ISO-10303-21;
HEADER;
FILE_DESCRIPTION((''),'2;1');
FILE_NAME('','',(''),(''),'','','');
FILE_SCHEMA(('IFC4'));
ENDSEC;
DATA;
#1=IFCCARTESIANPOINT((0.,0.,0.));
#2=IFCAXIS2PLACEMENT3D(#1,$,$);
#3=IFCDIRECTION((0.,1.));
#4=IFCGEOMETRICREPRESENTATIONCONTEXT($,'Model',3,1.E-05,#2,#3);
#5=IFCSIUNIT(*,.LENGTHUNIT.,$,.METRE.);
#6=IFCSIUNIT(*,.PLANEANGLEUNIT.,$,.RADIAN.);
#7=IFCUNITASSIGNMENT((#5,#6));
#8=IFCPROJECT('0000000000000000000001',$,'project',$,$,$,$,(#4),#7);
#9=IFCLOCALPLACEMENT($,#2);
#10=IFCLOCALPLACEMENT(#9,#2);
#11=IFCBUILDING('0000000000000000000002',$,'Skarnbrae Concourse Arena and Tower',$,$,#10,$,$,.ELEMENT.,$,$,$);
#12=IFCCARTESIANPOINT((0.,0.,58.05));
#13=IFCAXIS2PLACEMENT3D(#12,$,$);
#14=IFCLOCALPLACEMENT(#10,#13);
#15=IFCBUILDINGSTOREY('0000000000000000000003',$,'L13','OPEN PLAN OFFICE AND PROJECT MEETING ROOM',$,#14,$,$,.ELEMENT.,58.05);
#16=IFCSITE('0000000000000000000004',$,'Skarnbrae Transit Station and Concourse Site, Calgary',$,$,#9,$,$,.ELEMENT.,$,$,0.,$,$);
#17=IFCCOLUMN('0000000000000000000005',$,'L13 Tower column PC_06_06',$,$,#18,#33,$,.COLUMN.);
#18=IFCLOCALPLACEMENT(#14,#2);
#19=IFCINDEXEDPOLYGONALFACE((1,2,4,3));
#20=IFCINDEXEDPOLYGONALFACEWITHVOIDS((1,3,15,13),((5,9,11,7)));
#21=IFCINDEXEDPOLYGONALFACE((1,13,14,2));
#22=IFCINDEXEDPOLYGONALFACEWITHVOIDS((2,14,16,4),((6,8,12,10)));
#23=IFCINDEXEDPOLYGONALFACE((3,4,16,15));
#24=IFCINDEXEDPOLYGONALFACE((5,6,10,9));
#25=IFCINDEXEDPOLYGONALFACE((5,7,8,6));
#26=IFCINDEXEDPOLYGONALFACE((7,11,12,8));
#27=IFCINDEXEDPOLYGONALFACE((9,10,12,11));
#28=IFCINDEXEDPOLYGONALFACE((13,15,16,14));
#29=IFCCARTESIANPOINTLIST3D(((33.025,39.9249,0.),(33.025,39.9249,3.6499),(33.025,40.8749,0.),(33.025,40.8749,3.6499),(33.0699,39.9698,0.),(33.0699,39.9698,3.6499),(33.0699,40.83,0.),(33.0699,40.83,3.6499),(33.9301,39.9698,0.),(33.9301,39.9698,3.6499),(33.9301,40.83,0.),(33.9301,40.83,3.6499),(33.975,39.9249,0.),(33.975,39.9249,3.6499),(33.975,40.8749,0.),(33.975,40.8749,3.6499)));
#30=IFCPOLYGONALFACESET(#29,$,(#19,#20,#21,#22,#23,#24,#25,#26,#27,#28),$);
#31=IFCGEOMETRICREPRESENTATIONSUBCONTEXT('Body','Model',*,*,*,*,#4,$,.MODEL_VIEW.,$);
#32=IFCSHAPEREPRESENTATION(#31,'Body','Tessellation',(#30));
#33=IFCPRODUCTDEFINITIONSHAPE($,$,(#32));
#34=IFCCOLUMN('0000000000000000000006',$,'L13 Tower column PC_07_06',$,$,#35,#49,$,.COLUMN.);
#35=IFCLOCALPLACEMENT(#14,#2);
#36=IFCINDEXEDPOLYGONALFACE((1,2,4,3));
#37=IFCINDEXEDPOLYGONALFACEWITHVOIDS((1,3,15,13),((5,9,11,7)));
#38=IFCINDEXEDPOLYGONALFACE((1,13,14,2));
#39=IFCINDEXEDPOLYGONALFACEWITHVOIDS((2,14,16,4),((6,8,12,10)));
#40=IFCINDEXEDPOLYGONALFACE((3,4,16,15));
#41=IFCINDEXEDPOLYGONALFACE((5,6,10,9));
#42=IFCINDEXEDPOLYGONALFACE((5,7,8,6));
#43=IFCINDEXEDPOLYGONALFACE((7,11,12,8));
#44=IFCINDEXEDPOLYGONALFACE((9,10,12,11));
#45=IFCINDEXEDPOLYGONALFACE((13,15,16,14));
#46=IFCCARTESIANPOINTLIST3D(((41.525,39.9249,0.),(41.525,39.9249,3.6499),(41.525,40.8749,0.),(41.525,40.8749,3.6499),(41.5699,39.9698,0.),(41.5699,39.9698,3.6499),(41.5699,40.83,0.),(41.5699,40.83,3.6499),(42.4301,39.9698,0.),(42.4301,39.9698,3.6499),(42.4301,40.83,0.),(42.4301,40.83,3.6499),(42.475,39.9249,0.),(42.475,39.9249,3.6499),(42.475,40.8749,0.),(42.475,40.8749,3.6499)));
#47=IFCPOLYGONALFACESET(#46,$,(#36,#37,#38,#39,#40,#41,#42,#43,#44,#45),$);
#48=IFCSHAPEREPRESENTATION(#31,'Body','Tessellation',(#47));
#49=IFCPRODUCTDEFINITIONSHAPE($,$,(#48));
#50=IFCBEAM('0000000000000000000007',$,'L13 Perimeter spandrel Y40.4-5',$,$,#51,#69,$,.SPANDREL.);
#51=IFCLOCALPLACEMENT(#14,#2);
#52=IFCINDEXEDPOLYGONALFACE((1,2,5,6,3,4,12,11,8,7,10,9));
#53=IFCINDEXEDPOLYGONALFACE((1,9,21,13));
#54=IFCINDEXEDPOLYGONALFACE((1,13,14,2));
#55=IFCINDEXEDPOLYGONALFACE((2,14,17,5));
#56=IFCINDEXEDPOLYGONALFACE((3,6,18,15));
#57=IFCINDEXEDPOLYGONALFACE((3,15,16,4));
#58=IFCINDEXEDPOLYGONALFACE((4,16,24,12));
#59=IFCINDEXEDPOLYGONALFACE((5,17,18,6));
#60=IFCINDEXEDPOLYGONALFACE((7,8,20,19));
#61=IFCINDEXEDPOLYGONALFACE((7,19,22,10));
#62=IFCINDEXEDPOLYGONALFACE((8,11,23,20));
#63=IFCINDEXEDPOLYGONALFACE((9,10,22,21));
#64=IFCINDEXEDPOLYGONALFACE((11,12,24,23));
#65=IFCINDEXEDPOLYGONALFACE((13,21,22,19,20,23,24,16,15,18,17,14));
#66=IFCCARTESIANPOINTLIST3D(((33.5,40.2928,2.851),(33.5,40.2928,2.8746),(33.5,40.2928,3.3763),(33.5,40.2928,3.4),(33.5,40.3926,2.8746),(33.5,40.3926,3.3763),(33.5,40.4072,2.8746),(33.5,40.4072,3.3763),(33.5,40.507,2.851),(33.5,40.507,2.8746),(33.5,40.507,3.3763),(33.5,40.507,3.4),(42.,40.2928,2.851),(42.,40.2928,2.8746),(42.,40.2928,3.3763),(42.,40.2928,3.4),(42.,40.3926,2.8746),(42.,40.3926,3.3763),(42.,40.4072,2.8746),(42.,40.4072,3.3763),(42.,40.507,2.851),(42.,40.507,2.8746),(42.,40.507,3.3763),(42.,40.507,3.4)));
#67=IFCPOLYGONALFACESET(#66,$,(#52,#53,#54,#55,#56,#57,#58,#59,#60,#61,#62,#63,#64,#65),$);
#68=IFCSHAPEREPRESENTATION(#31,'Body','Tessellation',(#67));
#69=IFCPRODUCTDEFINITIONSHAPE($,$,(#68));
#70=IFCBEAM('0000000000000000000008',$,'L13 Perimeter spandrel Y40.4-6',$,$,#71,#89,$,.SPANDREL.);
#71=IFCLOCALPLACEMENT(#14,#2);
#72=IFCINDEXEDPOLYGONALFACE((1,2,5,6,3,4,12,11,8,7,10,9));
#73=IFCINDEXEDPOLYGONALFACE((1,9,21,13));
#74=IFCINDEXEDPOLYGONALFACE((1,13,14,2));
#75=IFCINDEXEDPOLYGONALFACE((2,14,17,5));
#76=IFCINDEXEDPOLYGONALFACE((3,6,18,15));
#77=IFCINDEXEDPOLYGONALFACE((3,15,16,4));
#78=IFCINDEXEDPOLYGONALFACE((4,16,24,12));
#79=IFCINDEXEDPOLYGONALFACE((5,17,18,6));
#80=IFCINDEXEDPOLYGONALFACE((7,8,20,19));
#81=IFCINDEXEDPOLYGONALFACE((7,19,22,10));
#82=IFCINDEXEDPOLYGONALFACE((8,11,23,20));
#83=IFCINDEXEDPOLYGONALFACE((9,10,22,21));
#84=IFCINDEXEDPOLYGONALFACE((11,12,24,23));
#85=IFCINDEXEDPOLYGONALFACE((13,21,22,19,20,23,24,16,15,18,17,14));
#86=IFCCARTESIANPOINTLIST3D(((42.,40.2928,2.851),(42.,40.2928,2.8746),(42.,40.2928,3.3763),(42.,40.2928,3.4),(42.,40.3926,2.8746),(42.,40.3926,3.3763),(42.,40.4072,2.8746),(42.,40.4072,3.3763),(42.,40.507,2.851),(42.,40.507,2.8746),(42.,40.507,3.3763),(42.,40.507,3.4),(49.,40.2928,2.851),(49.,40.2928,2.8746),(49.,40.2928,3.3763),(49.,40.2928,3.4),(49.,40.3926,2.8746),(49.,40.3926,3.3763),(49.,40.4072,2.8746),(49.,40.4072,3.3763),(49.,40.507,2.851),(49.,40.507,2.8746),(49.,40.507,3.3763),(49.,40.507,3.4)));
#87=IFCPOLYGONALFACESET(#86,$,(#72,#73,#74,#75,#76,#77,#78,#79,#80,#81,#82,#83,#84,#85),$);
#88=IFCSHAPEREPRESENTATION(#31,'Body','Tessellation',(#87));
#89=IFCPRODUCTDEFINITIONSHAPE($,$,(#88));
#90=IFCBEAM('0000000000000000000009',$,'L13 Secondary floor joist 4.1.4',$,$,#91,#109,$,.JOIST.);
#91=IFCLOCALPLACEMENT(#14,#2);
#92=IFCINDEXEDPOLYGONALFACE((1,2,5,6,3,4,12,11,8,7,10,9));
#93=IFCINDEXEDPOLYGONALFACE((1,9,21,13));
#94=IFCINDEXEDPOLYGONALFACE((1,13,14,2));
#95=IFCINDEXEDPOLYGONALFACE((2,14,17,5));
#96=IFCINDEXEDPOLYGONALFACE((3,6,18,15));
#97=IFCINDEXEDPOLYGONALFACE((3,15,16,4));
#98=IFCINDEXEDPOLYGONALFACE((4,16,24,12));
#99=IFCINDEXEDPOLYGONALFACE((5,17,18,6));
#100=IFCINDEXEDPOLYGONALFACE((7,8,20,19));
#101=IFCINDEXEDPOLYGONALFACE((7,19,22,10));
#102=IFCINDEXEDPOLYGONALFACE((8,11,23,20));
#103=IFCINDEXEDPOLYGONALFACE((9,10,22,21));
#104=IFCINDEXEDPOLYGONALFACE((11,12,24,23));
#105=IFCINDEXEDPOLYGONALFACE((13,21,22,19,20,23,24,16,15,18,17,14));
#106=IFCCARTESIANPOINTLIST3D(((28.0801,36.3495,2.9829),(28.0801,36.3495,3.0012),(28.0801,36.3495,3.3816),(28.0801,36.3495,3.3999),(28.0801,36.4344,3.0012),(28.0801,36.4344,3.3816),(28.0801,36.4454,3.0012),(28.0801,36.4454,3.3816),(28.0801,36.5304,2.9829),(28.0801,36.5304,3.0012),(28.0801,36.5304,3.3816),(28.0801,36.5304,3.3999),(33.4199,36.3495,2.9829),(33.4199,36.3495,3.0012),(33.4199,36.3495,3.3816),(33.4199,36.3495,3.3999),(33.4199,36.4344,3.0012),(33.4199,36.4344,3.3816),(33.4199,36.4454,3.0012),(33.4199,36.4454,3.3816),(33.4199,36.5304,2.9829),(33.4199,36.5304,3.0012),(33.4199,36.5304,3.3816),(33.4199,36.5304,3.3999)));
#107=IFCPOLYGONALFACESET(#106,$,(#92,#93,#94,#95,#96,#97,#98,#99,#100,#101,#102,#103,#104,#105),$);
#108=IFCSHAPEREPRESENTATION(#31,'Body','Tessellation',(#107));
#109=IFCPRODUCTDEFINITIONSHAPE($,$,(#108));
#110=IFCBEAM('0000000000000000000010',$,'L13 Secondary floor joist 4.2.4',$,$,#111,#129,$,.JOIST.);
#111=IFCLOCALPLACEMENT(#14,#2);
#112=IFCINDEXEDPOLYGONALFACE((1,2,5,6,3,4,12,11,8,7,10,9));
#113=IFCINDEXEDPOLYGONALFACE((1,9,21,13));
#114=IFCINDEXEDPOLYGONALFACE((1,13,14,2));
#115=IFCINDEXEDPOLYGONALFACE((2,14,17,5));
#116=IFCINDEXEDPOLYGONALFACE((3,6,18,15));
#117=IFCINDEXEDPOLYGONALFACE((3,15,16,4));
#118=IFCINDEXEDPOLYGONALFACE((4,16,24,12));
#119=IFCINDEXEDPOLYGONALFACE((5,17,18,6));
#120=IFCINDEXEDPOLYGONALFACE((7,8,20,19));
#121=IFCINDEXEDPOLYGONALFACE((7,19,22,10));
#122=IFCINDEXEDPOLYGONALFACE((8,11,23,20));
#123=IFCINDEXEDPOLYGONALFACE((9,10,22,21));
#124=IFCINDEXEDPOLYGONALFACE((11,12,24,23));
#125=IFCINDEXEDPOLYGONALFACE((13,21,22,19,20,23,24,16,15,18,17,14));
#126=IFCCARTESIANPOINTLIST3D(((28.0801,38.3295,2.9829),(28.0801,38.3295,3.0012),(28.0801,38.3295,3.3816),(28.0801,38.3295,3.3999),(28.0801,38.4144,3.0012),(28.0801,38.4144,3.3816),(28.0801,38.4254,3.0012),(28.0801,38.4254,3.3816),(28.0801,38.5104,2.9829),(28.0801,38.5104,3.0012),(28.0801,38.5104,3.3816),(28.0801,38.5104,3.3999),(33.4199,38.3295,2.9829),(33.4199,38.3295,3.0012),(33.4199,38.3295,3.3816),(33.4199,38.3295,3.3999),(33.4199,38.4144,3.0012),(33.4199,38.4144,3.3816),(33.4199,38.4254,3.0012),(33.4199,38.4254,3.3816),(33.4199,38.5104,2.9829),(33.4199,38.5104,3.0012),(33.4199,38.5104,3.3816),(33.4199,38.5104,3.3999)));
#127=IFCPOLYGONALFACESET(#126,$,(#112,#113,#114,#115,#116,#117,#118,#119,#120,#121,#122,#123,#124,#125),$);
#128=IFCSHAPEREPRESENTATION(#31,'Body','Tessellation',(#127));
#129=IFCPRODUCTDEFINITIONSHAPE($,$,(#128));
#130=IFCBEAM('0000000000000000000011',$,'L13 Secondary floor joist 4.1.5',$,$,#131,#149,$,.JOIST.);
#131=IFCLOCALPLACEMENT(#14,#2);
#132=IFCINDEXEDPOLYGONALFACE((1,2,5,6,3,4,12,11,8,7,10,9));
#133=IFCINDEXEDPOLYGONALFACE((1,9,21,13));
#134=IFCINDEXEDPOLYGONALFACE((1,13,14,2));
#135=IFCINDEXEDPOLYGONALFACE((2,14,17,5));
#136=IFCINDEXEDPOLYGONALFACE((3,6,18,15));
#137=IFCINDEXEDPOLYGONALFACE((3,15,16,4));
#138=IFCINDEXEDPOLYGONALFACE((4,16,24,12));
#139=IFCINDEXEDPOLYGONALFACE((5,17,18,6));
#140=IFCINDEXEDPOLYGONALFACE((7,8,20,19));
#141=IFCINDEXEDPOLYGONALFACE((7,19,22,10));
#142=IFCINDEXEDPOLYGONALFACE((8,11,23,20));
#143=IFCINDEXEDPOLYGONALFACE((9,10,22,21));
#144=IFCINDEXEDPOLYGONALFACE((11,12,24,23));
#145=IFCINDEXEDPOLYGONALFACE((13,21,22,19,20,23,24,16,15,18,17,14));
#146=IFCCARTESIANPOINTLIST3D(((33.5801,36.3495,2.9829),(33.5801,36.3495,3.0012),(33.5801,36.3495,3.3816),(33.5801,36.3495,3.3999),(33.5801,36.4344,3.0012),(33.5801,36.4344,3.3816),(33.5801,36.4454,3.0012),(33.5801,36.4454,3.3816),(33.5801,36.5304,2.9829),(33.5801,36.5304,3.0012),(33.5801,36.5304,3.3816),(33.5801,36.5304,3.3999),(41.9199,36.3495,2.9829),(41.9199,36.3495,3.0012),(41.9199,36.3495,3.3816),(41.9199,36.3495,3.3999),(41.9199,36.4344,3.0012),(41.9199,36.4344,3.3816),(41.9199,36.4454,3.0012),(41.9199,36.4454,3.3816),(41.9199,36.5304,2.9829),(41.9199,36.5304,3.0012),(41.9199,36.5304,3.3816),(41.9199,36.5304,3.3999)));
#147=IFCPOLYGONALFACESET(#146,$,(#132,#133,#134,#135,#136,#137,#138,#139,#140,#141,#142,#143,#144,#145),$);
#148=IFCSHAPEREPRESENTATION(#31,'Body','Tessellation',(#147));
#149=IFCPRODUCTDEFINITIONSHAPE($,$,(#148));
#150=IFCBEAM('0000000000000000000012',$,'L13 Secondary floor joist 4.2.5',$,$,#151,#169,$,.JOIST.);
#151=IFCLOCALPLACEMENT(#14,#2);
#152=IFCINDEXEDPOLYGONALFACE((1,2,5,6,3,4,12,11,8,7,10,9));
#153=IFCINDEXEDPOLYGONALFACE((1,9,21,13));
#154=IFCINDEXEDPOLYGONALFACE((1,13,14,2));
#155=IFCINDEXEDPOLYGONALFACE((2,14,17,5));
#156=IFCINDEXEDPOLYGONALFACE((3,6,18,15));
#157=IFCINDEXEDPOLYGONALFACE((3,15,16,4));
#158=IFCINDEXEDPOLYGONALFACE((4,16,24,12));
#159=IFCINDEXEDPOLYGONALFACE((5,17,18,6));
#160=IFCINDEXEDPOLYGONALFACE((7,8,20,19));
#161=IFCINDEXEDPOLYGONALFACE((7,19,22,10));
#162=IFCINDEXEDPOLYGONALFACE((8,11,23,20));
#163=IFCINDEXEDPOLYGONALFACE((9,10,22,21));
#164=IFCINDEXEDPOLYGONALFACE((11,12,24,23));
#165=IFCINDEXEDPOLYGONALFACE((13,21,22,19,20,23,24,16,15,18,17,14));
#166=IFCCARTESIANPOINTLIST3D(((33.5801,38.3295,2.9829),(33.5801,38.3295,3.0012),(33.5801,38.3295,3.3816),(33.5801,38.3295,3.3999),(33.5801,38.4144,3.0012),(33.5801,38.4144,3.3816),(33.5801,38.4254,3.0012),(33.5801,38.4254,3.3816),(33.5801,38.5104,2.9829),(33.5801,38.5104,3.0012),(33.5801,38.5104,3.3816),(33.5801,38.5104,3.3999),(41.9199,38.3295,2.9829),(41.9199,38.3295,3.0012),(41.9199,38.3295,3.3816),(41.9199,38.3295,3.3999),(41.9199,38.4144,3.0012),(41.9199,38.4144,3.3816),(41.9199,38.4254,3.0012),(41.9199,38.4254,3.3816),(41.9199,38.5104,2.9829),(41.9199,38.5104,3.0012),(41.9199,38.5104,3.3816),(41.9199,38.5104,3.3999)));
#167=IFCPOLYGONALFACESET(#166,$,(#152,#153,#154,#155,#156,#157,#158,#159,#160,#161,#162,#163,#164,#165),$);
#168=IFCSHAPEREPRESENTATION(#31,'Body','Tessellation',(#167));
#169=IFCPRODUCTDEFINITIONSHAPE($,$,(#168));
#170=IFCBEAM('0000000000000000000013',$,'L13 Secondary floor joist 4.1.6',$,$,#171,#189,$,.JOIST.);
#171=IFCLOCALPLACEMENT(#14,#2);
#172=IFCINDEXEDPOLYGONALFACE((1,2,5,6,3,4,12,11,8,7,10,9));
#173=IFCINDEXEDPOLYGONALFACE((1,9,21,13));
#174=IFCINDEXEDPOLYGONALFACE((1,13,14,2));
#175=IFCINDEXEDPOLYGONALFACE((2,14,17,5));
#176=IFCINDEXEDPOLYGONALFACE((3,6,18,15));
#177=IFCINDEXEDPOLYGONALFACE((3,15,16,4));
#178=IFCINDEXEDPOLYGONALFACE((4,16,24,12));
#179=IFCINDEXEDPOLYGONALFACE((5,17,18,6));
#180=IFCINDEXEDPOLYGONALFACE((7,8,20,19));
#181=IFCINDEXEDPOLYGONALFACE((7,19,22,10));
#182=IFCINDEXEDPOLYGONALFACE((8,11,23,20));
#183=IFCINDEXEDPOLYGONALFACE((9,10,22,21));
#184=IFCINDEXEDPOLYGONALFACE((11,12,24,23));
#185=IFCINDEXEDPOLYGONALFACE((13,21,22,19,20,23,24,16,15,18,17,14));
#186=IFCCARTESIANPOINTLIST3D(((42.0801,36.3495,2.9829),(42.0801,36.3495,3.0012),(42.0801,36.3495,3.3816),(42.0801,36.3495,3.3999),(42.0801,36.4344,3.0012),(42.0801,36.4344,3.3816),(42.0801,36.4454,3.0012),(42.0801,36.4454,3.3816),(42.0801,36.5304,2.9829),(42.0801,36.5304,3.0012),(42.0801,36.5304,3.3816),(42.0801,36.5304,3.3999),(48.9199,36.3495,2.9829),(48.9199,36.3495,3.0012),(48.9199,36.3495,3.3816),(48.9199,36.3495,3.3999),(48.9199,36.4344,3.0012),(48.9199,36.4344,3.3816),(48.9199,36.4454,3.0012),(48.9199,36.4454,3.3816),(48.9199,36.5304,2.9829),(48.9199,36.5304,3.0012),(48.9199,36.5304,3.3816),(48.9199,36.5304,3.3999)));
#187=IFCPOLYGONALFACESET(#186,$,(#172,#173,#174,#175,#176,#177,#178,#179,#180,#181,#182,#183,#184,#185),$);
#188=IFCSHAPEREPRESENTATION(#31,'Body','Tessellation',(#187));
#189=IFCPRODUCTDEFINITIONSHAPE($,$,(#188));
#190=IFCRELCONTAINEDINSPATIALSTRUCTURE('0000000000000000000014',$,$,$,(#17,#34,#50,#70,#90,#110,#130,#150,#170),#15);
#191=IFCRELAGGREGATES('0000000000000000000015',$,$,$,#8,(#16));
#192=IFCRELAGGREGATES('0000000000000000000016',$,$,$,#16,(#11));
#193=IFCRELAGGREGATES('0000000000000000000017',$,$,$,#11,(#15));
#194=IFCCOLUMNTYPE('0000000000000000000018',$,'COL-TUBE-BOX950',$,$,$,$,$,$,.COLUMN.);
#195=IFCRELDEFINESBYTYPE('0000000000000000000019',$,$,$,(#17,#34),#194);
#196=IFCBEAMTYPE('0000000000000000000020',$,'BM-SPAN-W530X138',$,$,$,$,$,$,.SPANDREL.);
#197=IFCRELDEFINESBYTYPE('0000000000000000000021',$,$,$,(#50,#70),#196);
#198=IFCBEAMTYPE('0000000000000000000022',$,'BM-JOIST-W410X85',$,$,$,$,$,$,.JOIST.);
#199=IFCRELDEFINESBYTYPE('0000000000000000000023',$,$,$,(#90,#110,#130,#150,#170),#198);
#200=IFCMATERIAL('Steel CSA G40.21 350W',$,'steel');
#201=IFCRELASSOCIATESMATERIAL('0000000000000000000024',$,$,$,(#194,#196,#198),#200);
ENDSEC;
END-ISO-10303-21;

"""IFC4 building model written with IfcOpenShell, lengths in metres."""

from ifc_helpers import new_model, si_unit, direction, frame, origin, origin_2d, place, context, subcontext, project, spatial, hollow_rectangle, i_section, extrude, source, transform, mapped, material, material_profile, profile_set, type_object, element, save


model = new_model("IFC4")

# Units and contexts
model_context = context("Model", 3, precision=1e-05, world=origin(), true_north=direction((0.0, 1.0)))
body_context = subcontext(model_context, "Body", "Model", "MODEL_VIEW")
ifc_project = project(units=[si_unit("LENGTHUNIT", "METRE"), si_unit("PLANEANGLEUNIT", "RADIAN")], contexts=[model_context])

# Site, building, storey
site_placement = place(None, origin())
site = spatial("IfcSite", under=ifc_project, at=site_placement, Name="Skarnbrae Transit Station and Concourse Site, Calgary", CompositionType="ELEMENT", RefElevation=0.0)
building_placement = place(site_placement, origin())
building = spatial("IfcBuilding", under=site, at=building_placement, Name="Skarnbrae Concourse Arena and Tower", CompositionType="ELEMENT")
storey_placement = place(building_placement, frame((0.0, 0.0, 58.05)))
storey = spatial("IfcBuildingStorey", under=building, at=storey_placement, Name="L13", Description="OPEN PLAN OFFICE AND PROJECT MEETING ROOM", CompositionType="ELEMENT", Elevation=58.05)

# Columns
ifc_material_1 = material(Name="Steel CSA G40.21 350W", Category="steel")
ifc_material_profile_1 = material_profile(ifc_material_1, hollow_rectangle(XDim=0.95, YDim=0.95, WallThickness=0.0449, at=origin_2d()), Name="BOX950X950X45")
ifc_profile_set_1 = profile_set([ifc_material_profile_1], Name="Steel CSA G40.21 350W")
column_type = type_object("IfcColumnType", Name="COL-TUBE-BOX950", PredefinedType="COLUMN", material=ifc_profile_set_1)
shared_shape_1 = source(origin(), body_context, "Body", "SweptSolid", [
    extrude(hollow_rectangle(XDim=0.95, YDim=0.95, WallThickness=0.0449, at=origin_2d()), origin(), (0.0, 0.0, 1.0), 3.6499),
])
for number, where, z_axis, x_axis, name in (
    (1, (33.5, 40.3999, 0.0), (0.0, 0.0, 1.0), (1.0, 0.0, 0.0), "L13 Tower column PC_06_06"),
    (2, (42.0, 40.3999, 0.0), (0.0, 0.0, 1.0), (1.0, 0.0, 0.0), "L13 Tower column PC_07_06"),
):
    element("IfcColumn", number, at=place(storey_placement, frame(where, z_axis=z_axis, x_axis=x_axis)), inside=storey, type_object=column_type, Name=name, PredefinedType="COLUMN", context=body_context, shape_type="MappedRepresentation", body=[
        mapped(shared_shape_1, transform((0.0, 0.0, 0.0))),
    ])

# Beams
ifc_material_profile_2 = material_profile(ifc_material_1, i_section(OverallWidth=0.2141, OverallDepth=0.5491, WebThickness=0.0146, FlangeThickness=0.0237, at=origin_2d()), Name="W530X138")
ifc_profile_set_2 = profile_set([ifc_material_profile_2], Name="Steel CSA G40.21 350W")
beam_type_1 = type_object("IfcBeamType", Name="BM-SPAN-W530X138", PredefinedType="SPANDREL", material=ifc_profile_set_2)
shared_shape_2 = source(origin(), body_context, "Body", "SweptSolid", [
    extrude(i_section(OverallWidth=0.2141, OverallDepth=0.5491, WebThickness=0.0146, FlangeThickness=0.0237, at=origin_2d()), origin(), (0.0, 0.0, 1.0), 8.5),
])
beam_1_placement = place(storey_placement, frame((33.5, 40.3999, 3.1255), z_axis=(1.0, 0.0, 0.0), x_axis=(0.0, 1.0, 0.0)))
element("IfcBeam", 3, at=beam_1_placement, inside=storey, type_object=beam_type_1, Name="L13 Perimeter spandrel Y40.4-5", PredefinedType="SPANDREL", context=body_context, shape_type="MappedRepresentation", body=[
    mapped(shared_shape_2, transform((0.0, 0.0, 0.0))),
])
shared_shape_3 = source(origin(), body_context, "Body", "SweptSolid", [
    extrude(i_section(OverallWidth=0.2141, OverallDepth=0.5491, WebThickness=0.0146, FlangeThickness=0.0237, at=origin_2d()), origin(), (0.0, 0.0, 1.0), 7.0),
])
beam_2_placement = place(storey_placement, frame((42.0, 40.3999, 3.1255), z_axis=(1.0, 0.0, 0.0), x_axis=(0.0, 1.0, 0.0)))
element("IfcBeam", 4, at=beam_2_placement, inside=storey, type_object=beam_type_1, Name="L13 Perimeter spandrel Y40.4-6", PredefinedType="SPANDREL", context=body_context, shape_type="MappedRepresentation", body=[
    mapped(shared_shape_3, transform((0.0, 0.0, 0.0))),
])
ifc_material_profile_3 = material_profile(ifc_material_1, i_section(OverallWidth=0.1809, OverallDepth=0.417, WebThickness=0.011, FlangeThickness=0.0183, at=origin_2d()), Name="W410X85")
ifc_profile_set_3 = profile_set([ifc_material_profile_3], Name="Steel CSA G40.21 350W")
beam_type_2 = type_object("IfcBeamType", Name="BM-JOIST-W410X85", PredefinedType="JOIST", material=ifc_profile_set_3)
shared_shape_4 = source(origin(), body_context, "Body", "SweptSolid", [
    extrude(i_section(OverallWidth=0.1809, OverallDepth=0.417, WebThickness=0.011, FlangeThickness=0.0183, at=origin_2d()), origin(), (0.0, 0.0, 1.0), 5.3398),
])
for number, where, z_axis, x_axis, name in (
    (5, (28.0801, 36.4399, 3.1914), (1.0, 0.0, 0.0), (0.0, 1.0, 0.0), "L13 Secondary floor joist 4.1.4"),
    (6, (28.0801, 38.4199, 3.1914), (1.0, 0.0, 0.0), (0.0, 1.0, 0.0), "L13 Secondary floor joist 4.2.4"),
):
    element("IfcBeam", number, at=place(storey_placement, frame(where, z_axis=z_axis, x_axis=x_axis)), inside=storey, type_object=beam_type_2, Name=name, PredefinedType="JOIST", context=body_context, shape_type="MappedRepresentation", body=[
        mapped(shared_shape_4, transform((0.0, 0.0, 0.0))),
    ])
shared_shape_5 = source(origin(), body_context, "Body", "SweptSolid", [
    extrude(i_section(OverallWidth=0.1809, OverallDepth=0.417, WebThickness=0.011, FlangeThickness=0.0183, at=origin_2d()), origin(), (0.0, 0.0, 1.0), 8.3398),
])
for number, where, z_axis, x_axis, name in (
    (7, (33.5801, 36.4399, 3.1914), (1.0, 0.0, 0.0), (0.0, 1.0, 0.0), "L13 Secondary floor joist 4.1.5"),
    (8, (33.5801, 38.4199, 3.1914), (1.0, 0.0, 0.0), (0.0, 1.0, 0.0), "L13 Secondary floor joist 4.2.5"),
):
    element("IfcBeam", number, at=place(storey_placement, frame(where, z_axis=z_axis, x_axis=x_axis)), inside=storey, type_object=beam_type_2, Name=name, PredefinedType="JOIST", context=body_context, shape_type="MappedRepresentation", body=[
        mapped(shared_shape_5, transform((0.0, 0.0, 0.0))),
    ])
shared_shape_6 = source(origin(), body_context, "Body", "SweptSolid", [
    extrude(i_section(OverallWidth=0.1809, OverallDepth=0.417, WebThickness=0.011, FlangeThickness=0.0183, at=origin_2d()), origin(), (0.0, 0.0, 1.0), 6.8398),
])
for number, where, z_axis, x_axis, name in (
    (9, (42.0801, 36.4399, 3.1914), (1.0, 0.0, 0.0), (0.0, 1.0, 0.0), "L13 Secondary floor joist 4.1.6"),
):
    element("IfcBeam", number, at=place(storey_placement, frame(where, z_axis=z_axis, x_axis=x_axis)), inside=storey, type_object=beam_type_2, Name=name, PredefinedType="JOIST", context=body_context, shape_type="MappedRepresentation", body=[
        mapped(shared_shape_6, transform((0.0, 0.0, 0.0))),
    ])

save(model, "model.ifc")
